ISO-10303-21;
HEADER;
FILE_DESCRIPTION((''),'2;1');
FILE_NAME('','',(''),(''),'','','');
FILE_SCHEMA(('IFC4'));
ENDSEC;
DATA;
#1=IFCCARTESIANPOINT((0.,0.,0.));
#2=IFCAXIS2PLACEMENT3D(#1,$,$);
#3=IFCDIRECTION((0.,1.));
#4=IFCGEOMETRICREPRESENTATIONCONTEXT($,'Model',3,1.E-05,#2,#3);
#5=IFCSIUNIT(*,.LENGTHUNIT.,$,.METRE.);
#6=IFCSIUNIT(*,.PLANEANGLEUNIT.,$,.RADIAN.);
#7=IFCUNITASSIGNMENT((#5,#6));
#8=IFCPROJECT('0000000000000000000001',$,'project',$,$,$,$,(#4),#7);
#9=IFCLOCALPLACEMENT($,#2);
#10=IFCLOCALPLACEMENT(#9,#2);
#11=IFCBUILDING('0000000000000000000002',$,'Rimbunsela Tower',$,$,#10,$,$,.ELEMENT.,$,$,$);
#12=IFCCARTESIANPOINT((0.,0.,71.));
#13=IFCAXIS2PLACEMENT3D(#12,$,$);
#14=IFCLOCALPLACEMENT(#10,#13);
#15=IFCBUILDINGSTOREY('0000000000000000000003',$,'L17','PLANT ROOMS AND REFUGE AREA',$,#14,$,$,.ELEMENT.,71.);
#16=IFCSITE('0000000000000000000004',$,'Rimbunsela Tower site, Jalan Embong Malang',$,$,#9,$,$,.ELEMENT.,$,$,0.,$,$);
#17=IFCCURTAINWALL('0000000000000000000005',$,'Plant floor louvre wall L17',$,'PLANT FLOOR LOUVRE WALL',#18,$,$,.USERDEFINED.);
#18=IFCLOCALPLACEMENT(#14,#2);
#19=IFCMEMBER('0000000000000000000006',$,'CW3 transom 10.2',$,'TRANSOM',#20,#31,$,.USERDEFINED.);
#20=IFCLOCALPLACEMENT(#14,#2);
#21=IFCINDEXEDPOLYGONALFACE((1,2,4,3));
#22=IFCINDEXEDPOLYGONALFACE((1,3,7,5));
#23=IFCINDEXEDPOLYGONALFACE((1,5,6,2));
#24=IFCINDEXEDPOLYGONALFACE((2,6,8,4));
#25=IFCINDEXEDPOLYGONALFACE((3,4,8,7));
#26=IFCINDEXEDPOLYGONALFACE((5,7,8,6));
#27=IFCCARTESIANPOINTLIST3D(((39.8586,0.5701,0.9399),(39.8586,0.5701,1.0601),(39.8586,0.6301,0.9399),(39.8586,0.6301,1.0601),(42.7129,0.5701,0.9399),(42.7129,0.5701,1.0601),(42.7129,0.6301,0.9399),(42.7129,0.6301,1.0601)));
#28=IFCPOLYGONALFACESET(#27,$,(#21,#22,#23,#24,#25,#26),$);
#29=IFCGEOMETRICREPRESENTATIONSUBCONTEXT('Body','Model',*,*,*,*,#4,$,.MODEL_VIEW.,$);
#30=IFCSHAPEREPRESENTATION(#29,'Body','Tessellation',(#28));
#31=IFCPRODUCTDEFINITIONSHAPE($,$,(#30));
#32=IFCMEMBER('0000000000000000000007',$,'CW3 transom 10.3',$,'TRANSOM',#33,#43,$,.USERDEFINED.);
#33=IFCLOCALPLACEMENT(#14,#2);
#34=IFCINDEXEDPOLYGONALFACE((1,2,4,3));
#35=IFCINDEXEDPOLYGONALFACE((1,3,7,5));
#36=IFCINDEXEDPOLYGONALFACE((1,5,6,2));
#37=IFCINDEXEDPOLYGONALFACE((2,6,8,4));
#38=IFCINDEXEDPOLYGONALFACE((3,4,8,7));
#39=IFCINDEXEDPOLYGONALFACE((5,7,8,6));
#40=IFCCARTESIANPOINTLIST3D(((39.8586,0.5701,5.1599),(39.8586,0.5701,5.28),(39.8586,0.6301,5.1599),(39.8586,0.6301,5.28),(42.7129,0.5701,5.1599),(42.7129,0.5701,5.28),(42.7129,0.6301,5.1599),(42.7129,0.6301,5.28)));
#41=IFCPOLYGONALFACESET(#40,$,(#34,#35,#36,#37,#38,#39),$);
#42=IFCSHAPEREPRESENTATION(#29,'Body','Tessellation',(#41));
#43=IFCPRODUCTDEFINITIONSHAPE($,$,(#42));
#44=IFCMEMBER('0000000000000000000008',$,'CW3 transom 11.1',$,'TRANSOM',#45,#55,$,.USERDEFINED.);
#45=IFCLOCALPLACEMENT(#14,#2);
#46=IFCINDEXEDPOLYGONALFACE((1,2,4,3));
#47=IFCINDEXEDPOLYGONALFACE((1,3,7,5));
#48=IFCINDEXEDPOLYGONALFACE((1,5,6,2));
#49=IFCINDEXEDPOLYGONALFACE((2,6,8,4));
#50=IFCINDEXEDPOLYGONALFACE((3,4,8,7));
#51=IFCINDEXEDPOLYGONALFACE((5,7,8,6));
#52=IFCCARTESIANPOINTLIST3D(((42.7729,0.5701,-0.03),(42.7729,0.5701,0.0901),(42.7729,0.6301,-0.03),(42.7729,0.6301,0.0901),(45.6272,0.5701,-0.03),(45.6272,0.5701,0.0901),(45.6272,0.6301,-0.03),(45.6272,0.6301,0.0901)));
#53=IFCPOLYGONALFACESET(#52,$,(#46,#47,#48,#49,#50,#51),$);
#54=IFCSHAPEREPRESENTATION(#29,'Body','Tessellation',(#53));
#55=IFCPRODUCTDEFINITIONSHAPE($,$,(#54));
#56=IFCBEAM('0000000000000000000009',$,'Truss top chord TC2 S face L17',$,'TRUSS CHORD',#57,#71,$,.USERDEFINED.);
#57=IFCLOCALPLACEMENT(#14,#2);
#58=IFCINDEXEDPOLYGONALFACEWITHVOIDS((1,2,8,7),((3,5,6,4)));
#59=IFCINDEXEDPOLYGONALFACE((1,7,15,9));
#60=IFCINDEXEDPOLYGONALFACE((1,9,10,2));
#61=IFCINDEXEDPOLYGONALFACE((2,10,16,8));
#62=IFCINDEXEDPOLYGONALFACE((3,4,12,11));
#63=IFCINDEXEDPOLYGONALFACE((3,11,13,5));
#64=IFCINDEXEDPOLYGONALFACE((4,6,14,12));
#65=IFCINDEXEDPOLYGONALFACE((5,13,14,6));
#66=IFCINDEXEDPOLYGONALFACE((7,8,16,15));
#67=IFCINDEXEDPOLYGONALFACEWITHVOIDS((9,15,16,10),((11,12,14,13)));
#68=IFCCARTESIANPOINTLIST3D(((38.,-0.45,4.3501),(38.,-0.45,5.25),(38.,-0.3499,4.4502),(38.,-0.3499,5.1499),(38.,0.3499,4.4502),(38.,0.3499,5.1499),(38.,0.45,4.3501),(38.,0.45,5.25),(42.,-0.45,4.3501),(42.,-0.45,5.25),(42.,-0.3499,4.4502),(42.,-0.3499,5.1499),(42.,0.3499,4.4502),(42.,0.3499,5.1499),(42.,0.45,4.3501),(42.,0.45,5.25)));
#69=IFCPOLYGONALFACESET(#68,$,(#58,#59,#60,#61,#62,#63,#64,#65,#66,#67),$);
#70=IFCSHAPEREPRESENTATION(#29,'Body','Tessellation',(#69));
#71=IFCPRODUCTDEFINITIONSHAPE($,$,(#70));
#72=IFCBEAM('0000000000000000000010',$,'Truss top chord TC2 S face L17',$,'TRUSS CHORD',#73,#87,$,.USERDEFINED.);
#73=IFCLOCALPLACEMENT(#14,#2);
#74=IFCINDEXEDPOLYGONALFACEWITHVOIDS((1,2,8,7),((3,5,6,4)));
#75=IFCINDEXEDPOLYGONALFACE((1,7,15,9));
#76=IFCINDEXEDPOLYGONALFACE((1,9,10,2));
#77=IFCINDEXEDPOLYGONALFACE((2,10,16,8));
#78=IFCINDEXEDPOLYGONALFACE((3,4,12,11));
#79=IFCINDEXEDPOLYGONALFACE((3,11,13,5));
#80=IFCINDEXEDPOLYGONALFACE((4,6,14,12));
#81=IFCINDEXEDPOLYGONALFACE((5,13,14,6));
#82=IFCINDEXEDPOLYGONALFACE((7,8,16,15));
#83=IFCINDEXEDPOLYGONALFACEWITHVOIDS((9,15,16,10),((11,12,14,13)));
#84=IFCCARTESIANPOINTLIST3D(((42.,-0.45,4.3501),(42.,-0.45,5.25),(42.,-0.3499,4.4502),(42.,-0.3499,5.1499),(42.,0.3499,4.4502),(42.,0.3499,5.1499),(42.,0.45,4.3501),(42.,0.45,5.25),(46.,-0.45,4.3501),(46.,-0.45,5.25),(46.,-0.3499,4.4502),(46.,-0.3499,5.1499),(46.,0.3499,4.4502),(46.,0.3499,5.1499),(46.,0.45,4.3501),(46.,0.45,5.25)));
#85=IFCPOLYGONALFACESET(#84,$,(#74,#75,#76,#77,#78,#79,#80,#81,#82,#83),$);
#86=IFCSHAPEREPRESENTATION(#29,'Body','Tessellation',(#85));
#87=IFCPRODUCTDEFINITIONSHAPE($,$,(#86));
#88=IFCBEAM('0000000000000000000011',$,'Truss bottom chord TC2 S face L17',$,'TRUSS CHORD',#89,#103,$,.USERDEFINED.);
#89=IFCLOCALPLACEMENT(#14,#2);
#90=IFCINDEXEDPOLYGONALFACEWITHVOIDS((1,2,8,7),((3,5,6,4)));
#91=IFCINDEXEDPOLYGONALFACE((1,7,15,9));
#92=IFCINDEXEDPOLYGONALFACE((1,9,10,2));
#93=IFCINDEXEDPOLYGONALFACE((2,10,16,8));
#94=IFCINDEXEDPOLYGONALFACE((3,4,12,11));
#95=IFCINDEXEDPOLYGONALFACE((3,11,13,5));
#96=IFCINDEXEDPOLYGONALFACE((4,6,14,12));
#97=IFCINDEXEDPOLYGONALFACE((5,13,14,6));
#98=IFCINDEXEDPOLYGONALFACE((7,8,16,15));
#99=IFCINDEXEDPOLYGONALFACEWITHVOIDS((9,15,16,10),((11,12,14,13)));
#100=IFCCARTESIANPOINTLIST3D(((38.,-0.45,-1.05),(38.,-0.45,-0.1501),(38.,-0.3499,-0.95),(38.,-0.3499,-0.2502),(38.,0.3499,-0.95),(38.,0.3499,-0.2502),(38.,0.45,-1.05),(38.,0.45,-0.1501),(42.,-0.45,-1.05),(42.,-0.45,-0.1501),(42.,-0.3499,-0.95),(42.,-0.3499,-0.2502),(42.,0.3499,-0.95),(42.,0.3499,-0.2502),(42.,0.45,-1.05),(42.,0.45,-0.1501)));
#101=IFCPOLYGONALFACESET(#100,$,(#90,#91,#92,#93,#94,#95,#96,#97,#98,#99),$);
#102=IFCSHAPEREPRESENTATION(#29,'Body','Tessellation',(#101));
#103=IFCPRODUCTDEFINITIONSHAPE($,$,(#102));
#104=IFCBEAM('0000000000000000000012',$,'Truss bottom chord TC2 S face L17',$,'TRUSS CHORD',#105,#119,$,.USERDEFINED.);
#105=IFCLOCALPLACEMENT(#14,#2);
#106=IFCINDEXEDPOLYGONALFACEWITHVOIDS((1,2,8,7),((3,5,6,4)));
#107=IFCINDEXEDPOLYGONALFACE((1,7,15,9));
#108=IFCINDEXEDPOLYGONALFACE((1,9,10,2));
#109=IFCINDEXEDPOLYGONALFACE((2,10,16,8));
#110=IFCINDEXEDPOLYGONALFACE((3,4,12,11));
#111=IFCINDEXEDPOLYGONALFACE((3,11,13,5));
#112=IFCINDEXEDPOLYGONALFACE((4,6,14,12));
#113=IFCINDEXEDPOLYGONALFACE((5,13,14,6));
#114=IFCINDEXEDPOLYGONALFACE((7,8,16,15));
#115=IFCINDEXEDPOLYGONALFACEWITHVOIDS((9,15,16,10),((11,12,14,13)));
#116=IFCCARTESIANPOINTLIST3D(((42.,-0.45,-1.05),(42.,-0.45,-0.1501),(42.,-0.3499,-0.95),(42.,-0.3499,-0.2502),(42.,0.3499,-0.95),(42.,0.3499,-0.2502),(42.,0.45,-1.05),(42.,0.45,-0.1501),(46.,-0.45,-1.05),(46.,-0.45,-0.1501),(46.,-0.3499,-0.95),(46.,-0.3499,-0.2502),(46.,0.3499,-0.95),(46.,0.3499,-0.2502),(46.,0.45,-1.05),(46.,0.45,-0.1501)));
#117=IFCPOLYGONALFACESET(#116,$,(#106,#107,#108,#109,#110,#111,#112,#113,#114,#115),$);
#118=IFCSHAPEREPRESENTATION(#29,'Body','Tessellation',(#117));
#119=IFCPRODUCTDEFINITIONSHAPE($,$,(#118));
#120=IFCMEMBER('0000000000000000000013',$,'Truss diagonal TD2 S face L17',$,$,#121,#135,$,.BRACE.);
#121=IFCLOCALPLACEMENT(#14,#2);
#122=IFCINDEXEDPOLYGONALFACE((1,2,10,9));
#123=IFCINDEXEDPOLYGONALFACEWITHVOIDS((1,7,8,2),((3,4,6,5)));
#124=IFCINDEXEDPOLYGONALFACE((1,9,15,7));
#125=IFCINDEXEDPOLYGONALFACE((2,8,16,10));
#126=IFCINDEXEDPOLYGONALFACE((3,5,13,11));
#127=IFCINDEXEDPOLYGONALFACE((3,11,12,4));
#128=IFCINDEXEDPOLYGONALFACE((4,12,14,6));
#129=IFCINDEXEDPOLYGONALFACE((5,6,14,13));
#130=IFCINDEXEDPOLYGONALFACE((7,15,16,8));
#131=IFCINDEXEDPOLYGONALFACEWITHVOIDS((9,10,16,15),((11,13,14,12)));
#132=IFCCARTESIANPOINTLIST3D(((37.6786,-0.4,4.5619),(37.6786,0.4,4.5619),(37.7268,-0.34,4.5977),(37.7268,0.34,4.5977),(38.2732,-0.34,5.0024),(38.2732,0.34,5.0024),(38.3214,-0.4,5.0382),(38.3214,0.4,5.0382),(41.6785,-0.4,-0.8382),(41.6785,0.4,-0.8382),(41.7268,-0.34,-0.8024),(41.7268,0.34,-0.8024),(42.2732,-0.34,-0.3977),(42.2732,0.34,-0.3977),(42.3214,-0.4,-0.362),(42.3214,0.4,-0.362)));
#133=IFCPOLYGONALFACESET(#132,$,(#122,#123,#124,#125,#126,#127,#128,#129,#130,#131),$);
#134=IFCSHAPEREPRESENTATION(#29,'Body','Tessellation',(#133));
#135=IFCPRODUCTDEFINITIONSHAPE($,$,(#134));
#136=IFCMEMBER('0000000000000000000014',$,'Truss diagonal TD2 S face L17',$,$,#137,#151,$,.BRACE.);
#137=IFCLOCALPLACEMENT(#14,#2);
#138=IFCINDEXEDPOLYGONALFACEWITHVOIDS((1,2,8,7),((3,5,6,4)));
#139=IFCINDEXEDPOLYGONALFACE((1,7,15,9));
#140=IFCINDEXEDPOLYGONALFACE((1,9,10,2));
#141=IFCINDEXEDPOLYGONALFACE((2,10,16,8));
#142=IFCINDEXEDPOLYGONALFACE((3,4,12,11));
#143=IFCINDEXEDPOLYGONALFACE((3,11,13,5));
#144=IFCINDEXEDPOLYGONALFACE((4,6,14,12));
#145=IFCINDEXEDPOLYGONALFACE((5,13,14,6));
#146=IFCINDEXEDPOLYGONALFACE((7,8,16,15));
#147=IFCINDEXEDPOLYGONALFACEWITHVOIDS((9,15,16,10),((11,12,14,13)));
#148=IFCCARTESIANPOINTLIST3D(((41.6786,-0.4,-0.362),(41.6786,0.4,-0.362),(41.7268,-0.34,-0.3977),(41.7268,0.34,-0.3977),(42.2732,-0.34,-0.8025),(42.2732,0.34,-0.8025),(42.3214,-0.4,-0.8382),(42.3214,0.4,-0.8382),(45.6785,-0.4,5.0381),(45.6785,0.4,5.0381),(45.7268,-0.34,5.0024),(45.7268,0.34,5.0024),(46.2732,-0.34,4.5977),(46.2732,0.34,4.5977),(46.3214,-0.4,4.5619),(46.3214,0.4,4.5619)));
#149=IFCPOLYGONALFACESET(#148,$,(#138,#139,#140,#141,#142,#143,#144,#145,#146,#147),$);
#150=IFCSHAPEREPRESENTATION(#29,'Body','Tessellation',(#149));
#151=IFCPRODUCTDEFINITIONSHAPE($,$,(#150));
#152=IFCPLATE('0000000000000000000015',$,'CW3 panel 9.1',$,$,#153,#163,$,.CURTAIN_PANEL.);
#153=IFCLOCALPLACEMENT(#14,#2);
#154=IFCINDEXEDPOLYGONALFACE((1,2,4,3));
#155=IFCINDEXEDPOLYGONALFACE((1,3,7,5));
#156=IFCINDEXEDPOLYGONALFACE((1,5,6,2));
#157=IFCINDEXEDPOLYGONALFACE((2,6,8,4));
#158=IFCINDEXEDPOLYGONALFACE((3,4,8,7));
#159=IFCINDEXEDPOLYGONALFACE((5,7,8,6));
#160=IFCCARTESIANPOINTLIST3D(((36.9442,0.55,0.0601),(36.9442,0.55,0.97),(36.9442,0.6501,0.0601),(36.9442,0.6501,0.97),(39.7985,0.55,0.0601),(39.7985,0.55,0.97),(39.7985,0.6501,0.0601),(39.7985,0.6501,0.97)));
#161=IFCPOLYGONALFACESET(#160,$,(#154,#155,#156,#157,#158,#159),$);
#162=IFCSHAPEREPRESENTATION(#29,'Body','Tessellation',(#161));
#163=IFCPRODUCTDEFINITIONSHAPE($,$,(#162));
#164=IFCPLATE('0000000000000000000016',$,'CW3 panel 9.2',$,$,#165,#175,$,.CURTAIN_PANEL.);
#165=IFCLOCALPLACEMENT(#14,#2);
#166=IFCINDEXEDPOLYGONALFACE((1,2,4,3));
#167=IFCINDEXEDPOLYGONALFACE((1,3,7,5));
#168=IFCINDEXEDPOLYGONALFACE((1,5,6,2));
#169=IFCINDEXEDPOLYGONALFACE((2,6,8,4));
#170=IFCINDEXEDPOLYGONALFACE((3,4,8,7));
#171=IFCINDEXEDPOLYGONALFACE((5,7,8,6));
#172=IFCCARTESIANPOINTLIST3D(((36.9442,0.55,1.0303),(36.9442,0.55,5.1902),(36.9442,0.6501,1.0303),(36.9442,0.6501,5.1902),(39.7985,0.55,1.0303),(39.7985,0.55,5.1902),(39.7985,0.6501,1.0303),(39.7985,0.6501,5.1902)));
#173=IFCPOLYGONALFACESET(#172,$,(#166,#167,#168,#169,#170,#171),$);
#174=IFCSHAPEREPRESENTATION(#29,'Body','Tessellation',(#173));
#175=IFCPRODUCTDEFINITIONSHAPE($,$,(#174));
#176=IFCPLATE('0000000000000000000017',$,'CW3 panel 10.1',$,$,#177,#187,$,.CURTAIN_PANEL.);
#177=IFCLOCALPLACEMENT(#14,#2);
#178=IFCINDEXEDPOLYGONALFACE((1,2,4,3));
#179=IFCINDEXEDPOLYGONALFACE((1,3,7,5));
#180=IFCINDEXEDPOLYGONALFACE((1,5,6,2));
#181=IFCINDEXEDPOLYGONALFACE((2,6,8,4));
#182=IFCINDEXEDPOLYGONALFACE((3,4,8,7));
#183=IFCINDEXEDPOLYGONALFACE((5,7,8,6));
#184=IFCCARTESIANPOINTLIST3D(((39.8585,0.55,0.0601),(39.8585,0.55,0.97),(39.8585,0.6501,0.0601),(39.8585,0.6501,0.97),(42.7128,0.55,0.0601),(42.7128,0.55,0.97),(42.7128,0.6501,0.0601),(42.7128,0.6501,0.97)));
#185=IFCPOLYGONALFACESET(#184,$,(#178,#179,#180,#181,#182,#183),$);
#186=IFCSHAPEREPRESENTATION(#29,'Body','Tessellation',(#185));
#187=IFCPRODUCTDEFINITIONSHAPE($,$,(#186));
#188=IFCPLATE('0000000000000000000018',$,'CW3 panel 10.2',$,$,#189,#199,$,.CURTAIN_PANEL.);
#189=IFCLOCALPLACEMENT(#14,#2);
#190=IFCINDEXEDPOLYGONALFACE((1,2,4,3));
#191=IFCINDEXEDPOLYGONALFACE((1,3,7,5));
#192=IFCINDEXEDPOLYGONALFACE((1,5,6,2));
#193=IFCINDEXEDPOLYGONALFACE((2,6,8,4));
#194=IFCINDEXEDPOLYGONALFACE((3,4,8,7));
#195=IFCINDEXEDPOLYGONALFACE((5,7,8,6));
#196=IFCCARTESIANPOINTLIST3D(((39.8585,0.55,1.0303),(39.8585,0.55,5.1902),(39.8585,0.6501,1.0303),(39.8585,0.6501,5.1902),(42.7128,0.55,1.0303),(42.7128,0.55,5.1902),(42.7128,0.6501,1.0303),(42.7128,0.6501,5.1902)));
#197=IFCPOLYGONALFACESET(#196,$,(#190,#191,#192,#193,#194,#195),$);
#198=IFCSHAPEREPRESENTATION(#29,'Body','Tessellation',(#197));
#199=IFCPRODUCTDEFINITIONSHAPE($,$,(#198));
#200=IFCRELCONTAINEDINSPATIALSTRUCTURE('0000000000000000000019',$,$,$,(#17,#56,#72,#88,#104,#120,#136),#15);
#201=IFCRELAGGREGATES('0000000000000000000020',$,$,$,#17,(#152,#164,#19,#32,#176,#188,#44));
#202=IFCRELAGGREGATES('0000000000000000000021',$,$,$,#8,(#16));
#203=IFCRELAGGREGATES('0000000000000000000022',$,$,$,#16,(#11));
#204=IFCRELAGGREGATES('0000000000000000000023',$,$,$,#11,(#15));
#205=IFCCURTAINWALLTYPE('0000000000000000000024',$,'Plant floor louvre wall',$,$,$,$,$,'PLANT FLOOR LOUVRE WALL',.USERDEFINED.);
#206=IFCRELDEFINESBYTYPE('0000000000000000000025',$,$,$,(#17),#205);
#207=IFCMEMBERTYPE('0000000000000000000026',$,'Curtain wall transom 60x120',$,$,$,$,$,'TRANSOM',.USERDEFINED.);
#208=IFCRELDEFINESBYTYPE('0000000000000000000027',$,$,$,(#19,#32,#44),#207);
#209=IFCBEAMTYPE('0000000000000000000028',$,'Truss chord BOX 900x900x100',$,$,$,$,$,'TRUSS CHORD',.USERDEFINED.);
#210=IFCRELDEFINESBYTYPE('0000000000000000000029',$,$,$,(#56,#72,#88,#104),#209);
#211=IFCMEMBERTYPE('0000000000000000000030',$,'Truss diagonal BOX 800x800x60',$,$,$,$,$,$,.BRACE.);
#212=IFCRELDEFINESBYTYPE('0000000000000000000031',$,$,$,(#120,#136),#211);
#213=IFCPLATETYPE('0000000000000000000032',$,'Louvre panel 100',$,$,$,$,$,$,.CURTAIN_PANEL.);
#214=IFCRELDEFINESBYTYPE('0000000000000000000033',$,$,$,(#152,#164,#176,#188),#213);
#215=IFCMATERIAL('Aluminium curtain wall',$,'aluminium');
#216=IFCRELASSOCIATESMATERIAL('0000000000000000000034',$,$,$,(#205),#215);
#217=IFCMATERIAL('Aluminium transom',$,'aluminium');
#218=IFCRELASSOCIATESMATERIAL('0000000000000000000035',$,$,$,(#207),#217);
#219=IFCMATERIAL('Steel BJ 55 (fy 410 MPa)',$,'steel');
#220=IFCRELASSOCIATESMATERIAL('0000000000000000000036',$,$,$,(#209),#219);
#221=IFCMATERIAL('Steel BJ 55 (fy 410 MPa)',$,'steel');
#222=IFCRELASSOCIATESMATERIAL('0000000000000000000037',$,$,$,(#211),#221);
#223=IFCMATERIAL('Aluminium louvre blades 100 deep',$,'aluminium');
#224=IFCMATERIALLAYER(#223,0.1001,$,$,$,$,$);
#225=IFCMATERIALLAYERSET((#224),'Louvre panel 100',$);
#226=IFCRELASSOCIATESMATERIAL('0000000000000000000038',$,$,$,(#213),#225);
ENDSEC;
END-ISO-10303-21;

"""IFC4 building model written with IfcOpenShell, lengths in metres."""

from ifc_helpers import new_model, si_unit, direction, frame, origin, origin_2d, place, context, subcontext, project, spatial, rectangle, hollow_rectangle, extrude, material, layer, layer_set, material_profile, profile_set, type_object, element, aggregate, save


model = new_model("IFC4")

# Units and contexts
model_context = context("Model", 3, precision=1e-05, world=origin(), true_north=direction((0.0, 1.0)))
body_context = subcontext(model_context, "Body", "Model", "MODEL_VIEW")
ifc_project = project(units=[si_unit("LENGTHUNIT", "METRE"), si_unit("PLANEANGLEUNIT", "RADIAN")], contexts=[model_context])

# Site, building, storey
site_placement = place(None, origin())
site = spatial("IfcSite", under=ifc_project, at=site_placement, Name="Rimbunsela Tower site, Jalan Embong Malang", CompositionType="ELEMENT", RefElevation=0.0)
building_placement = place(site_placement, origin())
building = spatial("IfcBuilding", under=site, at=building_placement, Name="Rimbunsela Tower", CompositionType="ELEMENT")
storey_placement = place(building_placement, frame((0.0, 0.0, 71.0)))
storey = spatial("IfcBuildingStorey", under=building, at=storey_placement, Name="L17", Description="PLANT ROOMS AND REFUGE AREA", CompositionType="ELEMENT", Elevation=71.0)

# Curtain wall, members
ifc_material_1 = material(Name="Aluminium curtain wall", Category="aluminium")
curtain_wall_type = type_object("IfcCurtainWallType", Name="Plant floor louvre wall", ElementType="PLANT FLOOR LOUVRE WALL", PredefinedType="USERDEFINED", material=ifc_material_1)
curtain_wall_placement = place(storey_placement, origin())
curtain_wall = element("IfcCurtainWall", 1, at=curtain_wall_placement, inside=storey, type_object=curtain_wall_type, Name="Plant floor louvre wall L17", ObjectType="PLANT FLOOR LOUVRE WALL", PredefinedType="USERDEFINED")
ifc_material_2 = material(Name="Aluminium transom", Category="aluminium")
ifc_material_profile_1 = material_profile(ifc_material_2, rectangle(XDim=0.0601, YDim=0.1201, at=origin_2d()), Name="Transom 60x120")
ifc_profile_set_1 = profile_set([ifc_material_profile_1], Name="Aluminium transom")
member_type_1 = type_object("IfcMemberType", Name="Curtain wall transom 60x120", ElementType="TRANSOM", PredefinedType="USERDEFINED", material=ifc_profile_set_1)
member_1_placement = place(storey_placement, frame((39.8586, 0.6001, 1.0), z_axis=(1.0, 0.0, 0.0), x_axis=(0.0, 1.0, 0.0)))
member_1 = element("IfcMember", 2, at=member_1_placement, type_object=member_type_1, Name="CW3 transom 10.2", ObjectType="TRANSOM", PredefinedType="USERDEFINED", context=body_context, shape_type="SweptSolid", body=[
    extrude(rectangle(XDim=0.0601, YDim=0.1201, at=origin_2d()), origin(), (0.0, 0.0, 1.0), 2.8542),
])
member_2_placement = place(storey_placement, frame((39.8586, 0.6001, 5.22), z_axis=(1.0, 0.0, 0.0), x_axis=(0.0, 1.0, 0.0)))
member_2 = element("IfcMember", 3, at=member_2_placement, type_object=member_type_1, Name="CW3 transom 10.3", ObjectType="TRANSOM", PredefinedType="USERDEFINED", context=body_context, shape_type="SweptSolid", body=[
    extrude(rectangle(XDim=0.0601, YDim=0.1201, at=origin_2d()), origin(), (0.0, 0.0, 1.0), 2.8542),
])
member_3_placement = place(storey_placement, frame((42.7729, 0.6001, 0.03), z_axis=(1.0, 0.0, 0.0), x_axis=(0.0, 1.0, 0.0)))
member_3 = element("IfcMember", 4, at=member_3_placement, type_object=member_type_1, Name="CW3 transom 11.1", ObjectType="TRANSOM", PredefinedType="USERDEFINED", context=body_context, shape_type="SweptSolid", body=[
    extrude(rectangle(XDim=0.0601, YDim=0.1201, at=origin_2d()), origin(), (0.0, 0.0, 1.0), 2.8542),
])

# Beams
ifc_material_3 = material(Name="Steel BJ 55 (fy 410 MPa)", Category="steel")
ifc_material_profile_2 = material_profile(ifc_material_3, hollow_rectangle(XDim=0.8999, YDim=0.8999, WallThickness=0.1001, at=origin_2d()), Name="BOX 900x900x100")
ifc_profile_set_2 = profile_set([ifc_material_profile_2], Name="Steel BJ 55 (fy 410 MPa)")
beam_type_1 = type_object("IfcBeamType", Name="Truss chord BOX 900x900x100", ElementType="TRUSS CHORD", PredefinedType="USERDEFINED", material=ifc_profile_set_2)
for number, where, z_axis, x_axis, name in (
    (5, (38.0, 0.0, 4.8), (1.0, 0.0, 0.0), (0.0, 1.0, 0.0), "Truss top chord TC2 S face L17"),
    (6, (42.0, 0.0, 4.8), (1.0, 0.0, 0.0), (0.0, 1.0, 0.0), "Truss top chord TC2 S face L17"),
    (7, (38.0, 0.0, -0.6001), (1.0, 0.0, 0.0), (0.0, 1.0, 0.0), "Truss bottom chord TC2 S face L17"),
    (8, (42.0, 0.0, -0.6001), (1.0, 0.0, 0.0), (0.0, 1.0, 0.0), "Truss bottom chord TC2 S face L17"),
):
    element("IfcBeam", number, at=place(storey_placement, frame(where, z_axis=z_axis, x_axis=x_axis)), inside=storey, type_object=beam_type_1, Name=name, ObjectType="TRUSS CHORD", PredefinedType="USERDEFINED", context=body_context, shape_type="SweptSolid", body=[
        extrude(hollow_rectangle(XDim=0.8999, YDim=0.8999, WallThickness=0.1001, at=origin_2d()), origin(), (0.0, 0.0, 1.0), 4.0),
    ])

# Members
ifc_material_4 = material(Name="Steel BJ 55 (fy 410 MPa)", Category="steel")
ifc_material_profile_3 = material_profile(ifc_material_4, hollow_rectangle(XDim=0.8, YDim=0.8, WallThickness=0.0601, at=origin_2d()), Name="BOX 800x800x60")
ifc_profile_set_3 = profile_set([ifc_material_profile_3], Name="Steel BJ 55 (fy 410 MPa)")
member_type_2 = type_object("IfcMemberType", Name="Truss diagonal BOX 800x800x60", PredefinedType="BRACE", material=ifc_profile_set_3)
for number, where, z_axis, x_axis, name in (
    (9, (38.0, 0.0, 4.8), (0.595217, 0.0, -0.803565), (0.0, 1.0, 0.0), "Truss diagonal TD2 S face L17"),
    (10, (42.0, 0.0, -0.6001), (0.595217, 0.0, 0.803565), (0.0, 1.0, 0.0), "Truss diagonal TD2 S face L17"),
):
    element("IfcMember", number, at=place(storey_placement, frame(where, z_axis=z_axis, x_axis=x_axis)), inside=storey, type_object=member_type_2, Name=name, PredefinedType="BRACE", context=body_context, shape_type="SweptSolid", body=[
        extrude(hollow_rectangle(XDim=0.8, YDim=0.8, WallThickness=0.0601, at=origin_2d()), origin(), (0.0, 0.0, 1.0), 6.7202),
    ])

# Plates
ifc_material_5 = material(Name="Aluminium louvre blades 100 deep", Category="aluminium")
ifc_layer = layer(ifc_material_5, 0.1001)
ifc_layer_set = layer_set([ifc_layer], Name="Louvre panel 100")
plate_type = type_object("IfcPlateType", Name="Louvre panel 100", PredefinedType="CURTAIN_PANEL", material=ifc_layer_set)
plate_1_placement = place(storey_placement, frame((38.3713, 0.6001, 0.0601), z_axis=(0.0, 0.0, 1.0), x_axis=(1.0, 0.0, 0.0)))
plate_1 = element("IfcPlate", 11, at=plate_1_placement, type_object=plate_type, Name="CW3 panel 9.1", PredefinedType="CURTAIN_PANEL", context=body_context, shape_type="SweptSolid", body=[
    extrude(rectangle(XDim=2.8542, YDim=0.1001, at=origin_2d()), origin(), (0.0, 0.0, 1.0), 0.9099),
])
plate_2_placement = place(storey_placement, frame((38.3713, 0.6001, 1.0303), z_axis=(0.0, 0.0, 1.0), x_axis=(1.0, 0.0, 0.0)))
plate_2 = element("IfcPlate", 12, at=plate_2_placement, type_object=plate_type, Name="CW3 panel 9.2", PredefinedType="CURTAIN_PANEL", context=body_context, shape_type="SweptSolid", body=[
    extrude(rectangle(XDim=2.8542, YDim=0.1001, at=origin_2d()), origin(), (0.0, 0.0, 1.0), 4.1599),
])
plate_3_placement = place(storey_placement, frame((41.2856, 0.6001, 0.0601), z_axis=(0.0, 0.0, 1.0), x_axis=(1.0, 0.0, 0.0)))
plate_3 = element("IfcPlate", 13, at=plate_3_placement, type_object=plate_type, Name="CW3 panel 10.1", PredefinedType="CURTAIN_PANEL", context=body_context, shape_type="SweptSolid", body=[
    extrude(rectangle(XDim=2.8542, YDim=0.1001, at=origin_2d()), origin(), (0.0, 0.0, 1.0), 0.9099),
])
plate_4_placement = place(storey_placement, frame((41.2856, 0.6001, 1.0303), z_axis=(0.0, 0.0, 1.0), x_axis=(1.0, 0.0, 0.0)))
plate_4 = element("IfcPlate", 14, at=plate_4_placement, type_object=plate_type, Name="CW3 panel 10.2", PredefinedType="CURTAIN_PANEL", context=body_context, shape_type="SweptSolid", body=[
    extrude(rectangle(XDim=2.8542, YDim=0.1001, at=origin_2d()), origin(), (0.0, 0.0, 1.0), 4.1599),
])
aggregate(curtain_wall, [plate_1, plate_2, member_1, member_2, plate_3, plate_4, member_3])

save(model, "model.ifc")
